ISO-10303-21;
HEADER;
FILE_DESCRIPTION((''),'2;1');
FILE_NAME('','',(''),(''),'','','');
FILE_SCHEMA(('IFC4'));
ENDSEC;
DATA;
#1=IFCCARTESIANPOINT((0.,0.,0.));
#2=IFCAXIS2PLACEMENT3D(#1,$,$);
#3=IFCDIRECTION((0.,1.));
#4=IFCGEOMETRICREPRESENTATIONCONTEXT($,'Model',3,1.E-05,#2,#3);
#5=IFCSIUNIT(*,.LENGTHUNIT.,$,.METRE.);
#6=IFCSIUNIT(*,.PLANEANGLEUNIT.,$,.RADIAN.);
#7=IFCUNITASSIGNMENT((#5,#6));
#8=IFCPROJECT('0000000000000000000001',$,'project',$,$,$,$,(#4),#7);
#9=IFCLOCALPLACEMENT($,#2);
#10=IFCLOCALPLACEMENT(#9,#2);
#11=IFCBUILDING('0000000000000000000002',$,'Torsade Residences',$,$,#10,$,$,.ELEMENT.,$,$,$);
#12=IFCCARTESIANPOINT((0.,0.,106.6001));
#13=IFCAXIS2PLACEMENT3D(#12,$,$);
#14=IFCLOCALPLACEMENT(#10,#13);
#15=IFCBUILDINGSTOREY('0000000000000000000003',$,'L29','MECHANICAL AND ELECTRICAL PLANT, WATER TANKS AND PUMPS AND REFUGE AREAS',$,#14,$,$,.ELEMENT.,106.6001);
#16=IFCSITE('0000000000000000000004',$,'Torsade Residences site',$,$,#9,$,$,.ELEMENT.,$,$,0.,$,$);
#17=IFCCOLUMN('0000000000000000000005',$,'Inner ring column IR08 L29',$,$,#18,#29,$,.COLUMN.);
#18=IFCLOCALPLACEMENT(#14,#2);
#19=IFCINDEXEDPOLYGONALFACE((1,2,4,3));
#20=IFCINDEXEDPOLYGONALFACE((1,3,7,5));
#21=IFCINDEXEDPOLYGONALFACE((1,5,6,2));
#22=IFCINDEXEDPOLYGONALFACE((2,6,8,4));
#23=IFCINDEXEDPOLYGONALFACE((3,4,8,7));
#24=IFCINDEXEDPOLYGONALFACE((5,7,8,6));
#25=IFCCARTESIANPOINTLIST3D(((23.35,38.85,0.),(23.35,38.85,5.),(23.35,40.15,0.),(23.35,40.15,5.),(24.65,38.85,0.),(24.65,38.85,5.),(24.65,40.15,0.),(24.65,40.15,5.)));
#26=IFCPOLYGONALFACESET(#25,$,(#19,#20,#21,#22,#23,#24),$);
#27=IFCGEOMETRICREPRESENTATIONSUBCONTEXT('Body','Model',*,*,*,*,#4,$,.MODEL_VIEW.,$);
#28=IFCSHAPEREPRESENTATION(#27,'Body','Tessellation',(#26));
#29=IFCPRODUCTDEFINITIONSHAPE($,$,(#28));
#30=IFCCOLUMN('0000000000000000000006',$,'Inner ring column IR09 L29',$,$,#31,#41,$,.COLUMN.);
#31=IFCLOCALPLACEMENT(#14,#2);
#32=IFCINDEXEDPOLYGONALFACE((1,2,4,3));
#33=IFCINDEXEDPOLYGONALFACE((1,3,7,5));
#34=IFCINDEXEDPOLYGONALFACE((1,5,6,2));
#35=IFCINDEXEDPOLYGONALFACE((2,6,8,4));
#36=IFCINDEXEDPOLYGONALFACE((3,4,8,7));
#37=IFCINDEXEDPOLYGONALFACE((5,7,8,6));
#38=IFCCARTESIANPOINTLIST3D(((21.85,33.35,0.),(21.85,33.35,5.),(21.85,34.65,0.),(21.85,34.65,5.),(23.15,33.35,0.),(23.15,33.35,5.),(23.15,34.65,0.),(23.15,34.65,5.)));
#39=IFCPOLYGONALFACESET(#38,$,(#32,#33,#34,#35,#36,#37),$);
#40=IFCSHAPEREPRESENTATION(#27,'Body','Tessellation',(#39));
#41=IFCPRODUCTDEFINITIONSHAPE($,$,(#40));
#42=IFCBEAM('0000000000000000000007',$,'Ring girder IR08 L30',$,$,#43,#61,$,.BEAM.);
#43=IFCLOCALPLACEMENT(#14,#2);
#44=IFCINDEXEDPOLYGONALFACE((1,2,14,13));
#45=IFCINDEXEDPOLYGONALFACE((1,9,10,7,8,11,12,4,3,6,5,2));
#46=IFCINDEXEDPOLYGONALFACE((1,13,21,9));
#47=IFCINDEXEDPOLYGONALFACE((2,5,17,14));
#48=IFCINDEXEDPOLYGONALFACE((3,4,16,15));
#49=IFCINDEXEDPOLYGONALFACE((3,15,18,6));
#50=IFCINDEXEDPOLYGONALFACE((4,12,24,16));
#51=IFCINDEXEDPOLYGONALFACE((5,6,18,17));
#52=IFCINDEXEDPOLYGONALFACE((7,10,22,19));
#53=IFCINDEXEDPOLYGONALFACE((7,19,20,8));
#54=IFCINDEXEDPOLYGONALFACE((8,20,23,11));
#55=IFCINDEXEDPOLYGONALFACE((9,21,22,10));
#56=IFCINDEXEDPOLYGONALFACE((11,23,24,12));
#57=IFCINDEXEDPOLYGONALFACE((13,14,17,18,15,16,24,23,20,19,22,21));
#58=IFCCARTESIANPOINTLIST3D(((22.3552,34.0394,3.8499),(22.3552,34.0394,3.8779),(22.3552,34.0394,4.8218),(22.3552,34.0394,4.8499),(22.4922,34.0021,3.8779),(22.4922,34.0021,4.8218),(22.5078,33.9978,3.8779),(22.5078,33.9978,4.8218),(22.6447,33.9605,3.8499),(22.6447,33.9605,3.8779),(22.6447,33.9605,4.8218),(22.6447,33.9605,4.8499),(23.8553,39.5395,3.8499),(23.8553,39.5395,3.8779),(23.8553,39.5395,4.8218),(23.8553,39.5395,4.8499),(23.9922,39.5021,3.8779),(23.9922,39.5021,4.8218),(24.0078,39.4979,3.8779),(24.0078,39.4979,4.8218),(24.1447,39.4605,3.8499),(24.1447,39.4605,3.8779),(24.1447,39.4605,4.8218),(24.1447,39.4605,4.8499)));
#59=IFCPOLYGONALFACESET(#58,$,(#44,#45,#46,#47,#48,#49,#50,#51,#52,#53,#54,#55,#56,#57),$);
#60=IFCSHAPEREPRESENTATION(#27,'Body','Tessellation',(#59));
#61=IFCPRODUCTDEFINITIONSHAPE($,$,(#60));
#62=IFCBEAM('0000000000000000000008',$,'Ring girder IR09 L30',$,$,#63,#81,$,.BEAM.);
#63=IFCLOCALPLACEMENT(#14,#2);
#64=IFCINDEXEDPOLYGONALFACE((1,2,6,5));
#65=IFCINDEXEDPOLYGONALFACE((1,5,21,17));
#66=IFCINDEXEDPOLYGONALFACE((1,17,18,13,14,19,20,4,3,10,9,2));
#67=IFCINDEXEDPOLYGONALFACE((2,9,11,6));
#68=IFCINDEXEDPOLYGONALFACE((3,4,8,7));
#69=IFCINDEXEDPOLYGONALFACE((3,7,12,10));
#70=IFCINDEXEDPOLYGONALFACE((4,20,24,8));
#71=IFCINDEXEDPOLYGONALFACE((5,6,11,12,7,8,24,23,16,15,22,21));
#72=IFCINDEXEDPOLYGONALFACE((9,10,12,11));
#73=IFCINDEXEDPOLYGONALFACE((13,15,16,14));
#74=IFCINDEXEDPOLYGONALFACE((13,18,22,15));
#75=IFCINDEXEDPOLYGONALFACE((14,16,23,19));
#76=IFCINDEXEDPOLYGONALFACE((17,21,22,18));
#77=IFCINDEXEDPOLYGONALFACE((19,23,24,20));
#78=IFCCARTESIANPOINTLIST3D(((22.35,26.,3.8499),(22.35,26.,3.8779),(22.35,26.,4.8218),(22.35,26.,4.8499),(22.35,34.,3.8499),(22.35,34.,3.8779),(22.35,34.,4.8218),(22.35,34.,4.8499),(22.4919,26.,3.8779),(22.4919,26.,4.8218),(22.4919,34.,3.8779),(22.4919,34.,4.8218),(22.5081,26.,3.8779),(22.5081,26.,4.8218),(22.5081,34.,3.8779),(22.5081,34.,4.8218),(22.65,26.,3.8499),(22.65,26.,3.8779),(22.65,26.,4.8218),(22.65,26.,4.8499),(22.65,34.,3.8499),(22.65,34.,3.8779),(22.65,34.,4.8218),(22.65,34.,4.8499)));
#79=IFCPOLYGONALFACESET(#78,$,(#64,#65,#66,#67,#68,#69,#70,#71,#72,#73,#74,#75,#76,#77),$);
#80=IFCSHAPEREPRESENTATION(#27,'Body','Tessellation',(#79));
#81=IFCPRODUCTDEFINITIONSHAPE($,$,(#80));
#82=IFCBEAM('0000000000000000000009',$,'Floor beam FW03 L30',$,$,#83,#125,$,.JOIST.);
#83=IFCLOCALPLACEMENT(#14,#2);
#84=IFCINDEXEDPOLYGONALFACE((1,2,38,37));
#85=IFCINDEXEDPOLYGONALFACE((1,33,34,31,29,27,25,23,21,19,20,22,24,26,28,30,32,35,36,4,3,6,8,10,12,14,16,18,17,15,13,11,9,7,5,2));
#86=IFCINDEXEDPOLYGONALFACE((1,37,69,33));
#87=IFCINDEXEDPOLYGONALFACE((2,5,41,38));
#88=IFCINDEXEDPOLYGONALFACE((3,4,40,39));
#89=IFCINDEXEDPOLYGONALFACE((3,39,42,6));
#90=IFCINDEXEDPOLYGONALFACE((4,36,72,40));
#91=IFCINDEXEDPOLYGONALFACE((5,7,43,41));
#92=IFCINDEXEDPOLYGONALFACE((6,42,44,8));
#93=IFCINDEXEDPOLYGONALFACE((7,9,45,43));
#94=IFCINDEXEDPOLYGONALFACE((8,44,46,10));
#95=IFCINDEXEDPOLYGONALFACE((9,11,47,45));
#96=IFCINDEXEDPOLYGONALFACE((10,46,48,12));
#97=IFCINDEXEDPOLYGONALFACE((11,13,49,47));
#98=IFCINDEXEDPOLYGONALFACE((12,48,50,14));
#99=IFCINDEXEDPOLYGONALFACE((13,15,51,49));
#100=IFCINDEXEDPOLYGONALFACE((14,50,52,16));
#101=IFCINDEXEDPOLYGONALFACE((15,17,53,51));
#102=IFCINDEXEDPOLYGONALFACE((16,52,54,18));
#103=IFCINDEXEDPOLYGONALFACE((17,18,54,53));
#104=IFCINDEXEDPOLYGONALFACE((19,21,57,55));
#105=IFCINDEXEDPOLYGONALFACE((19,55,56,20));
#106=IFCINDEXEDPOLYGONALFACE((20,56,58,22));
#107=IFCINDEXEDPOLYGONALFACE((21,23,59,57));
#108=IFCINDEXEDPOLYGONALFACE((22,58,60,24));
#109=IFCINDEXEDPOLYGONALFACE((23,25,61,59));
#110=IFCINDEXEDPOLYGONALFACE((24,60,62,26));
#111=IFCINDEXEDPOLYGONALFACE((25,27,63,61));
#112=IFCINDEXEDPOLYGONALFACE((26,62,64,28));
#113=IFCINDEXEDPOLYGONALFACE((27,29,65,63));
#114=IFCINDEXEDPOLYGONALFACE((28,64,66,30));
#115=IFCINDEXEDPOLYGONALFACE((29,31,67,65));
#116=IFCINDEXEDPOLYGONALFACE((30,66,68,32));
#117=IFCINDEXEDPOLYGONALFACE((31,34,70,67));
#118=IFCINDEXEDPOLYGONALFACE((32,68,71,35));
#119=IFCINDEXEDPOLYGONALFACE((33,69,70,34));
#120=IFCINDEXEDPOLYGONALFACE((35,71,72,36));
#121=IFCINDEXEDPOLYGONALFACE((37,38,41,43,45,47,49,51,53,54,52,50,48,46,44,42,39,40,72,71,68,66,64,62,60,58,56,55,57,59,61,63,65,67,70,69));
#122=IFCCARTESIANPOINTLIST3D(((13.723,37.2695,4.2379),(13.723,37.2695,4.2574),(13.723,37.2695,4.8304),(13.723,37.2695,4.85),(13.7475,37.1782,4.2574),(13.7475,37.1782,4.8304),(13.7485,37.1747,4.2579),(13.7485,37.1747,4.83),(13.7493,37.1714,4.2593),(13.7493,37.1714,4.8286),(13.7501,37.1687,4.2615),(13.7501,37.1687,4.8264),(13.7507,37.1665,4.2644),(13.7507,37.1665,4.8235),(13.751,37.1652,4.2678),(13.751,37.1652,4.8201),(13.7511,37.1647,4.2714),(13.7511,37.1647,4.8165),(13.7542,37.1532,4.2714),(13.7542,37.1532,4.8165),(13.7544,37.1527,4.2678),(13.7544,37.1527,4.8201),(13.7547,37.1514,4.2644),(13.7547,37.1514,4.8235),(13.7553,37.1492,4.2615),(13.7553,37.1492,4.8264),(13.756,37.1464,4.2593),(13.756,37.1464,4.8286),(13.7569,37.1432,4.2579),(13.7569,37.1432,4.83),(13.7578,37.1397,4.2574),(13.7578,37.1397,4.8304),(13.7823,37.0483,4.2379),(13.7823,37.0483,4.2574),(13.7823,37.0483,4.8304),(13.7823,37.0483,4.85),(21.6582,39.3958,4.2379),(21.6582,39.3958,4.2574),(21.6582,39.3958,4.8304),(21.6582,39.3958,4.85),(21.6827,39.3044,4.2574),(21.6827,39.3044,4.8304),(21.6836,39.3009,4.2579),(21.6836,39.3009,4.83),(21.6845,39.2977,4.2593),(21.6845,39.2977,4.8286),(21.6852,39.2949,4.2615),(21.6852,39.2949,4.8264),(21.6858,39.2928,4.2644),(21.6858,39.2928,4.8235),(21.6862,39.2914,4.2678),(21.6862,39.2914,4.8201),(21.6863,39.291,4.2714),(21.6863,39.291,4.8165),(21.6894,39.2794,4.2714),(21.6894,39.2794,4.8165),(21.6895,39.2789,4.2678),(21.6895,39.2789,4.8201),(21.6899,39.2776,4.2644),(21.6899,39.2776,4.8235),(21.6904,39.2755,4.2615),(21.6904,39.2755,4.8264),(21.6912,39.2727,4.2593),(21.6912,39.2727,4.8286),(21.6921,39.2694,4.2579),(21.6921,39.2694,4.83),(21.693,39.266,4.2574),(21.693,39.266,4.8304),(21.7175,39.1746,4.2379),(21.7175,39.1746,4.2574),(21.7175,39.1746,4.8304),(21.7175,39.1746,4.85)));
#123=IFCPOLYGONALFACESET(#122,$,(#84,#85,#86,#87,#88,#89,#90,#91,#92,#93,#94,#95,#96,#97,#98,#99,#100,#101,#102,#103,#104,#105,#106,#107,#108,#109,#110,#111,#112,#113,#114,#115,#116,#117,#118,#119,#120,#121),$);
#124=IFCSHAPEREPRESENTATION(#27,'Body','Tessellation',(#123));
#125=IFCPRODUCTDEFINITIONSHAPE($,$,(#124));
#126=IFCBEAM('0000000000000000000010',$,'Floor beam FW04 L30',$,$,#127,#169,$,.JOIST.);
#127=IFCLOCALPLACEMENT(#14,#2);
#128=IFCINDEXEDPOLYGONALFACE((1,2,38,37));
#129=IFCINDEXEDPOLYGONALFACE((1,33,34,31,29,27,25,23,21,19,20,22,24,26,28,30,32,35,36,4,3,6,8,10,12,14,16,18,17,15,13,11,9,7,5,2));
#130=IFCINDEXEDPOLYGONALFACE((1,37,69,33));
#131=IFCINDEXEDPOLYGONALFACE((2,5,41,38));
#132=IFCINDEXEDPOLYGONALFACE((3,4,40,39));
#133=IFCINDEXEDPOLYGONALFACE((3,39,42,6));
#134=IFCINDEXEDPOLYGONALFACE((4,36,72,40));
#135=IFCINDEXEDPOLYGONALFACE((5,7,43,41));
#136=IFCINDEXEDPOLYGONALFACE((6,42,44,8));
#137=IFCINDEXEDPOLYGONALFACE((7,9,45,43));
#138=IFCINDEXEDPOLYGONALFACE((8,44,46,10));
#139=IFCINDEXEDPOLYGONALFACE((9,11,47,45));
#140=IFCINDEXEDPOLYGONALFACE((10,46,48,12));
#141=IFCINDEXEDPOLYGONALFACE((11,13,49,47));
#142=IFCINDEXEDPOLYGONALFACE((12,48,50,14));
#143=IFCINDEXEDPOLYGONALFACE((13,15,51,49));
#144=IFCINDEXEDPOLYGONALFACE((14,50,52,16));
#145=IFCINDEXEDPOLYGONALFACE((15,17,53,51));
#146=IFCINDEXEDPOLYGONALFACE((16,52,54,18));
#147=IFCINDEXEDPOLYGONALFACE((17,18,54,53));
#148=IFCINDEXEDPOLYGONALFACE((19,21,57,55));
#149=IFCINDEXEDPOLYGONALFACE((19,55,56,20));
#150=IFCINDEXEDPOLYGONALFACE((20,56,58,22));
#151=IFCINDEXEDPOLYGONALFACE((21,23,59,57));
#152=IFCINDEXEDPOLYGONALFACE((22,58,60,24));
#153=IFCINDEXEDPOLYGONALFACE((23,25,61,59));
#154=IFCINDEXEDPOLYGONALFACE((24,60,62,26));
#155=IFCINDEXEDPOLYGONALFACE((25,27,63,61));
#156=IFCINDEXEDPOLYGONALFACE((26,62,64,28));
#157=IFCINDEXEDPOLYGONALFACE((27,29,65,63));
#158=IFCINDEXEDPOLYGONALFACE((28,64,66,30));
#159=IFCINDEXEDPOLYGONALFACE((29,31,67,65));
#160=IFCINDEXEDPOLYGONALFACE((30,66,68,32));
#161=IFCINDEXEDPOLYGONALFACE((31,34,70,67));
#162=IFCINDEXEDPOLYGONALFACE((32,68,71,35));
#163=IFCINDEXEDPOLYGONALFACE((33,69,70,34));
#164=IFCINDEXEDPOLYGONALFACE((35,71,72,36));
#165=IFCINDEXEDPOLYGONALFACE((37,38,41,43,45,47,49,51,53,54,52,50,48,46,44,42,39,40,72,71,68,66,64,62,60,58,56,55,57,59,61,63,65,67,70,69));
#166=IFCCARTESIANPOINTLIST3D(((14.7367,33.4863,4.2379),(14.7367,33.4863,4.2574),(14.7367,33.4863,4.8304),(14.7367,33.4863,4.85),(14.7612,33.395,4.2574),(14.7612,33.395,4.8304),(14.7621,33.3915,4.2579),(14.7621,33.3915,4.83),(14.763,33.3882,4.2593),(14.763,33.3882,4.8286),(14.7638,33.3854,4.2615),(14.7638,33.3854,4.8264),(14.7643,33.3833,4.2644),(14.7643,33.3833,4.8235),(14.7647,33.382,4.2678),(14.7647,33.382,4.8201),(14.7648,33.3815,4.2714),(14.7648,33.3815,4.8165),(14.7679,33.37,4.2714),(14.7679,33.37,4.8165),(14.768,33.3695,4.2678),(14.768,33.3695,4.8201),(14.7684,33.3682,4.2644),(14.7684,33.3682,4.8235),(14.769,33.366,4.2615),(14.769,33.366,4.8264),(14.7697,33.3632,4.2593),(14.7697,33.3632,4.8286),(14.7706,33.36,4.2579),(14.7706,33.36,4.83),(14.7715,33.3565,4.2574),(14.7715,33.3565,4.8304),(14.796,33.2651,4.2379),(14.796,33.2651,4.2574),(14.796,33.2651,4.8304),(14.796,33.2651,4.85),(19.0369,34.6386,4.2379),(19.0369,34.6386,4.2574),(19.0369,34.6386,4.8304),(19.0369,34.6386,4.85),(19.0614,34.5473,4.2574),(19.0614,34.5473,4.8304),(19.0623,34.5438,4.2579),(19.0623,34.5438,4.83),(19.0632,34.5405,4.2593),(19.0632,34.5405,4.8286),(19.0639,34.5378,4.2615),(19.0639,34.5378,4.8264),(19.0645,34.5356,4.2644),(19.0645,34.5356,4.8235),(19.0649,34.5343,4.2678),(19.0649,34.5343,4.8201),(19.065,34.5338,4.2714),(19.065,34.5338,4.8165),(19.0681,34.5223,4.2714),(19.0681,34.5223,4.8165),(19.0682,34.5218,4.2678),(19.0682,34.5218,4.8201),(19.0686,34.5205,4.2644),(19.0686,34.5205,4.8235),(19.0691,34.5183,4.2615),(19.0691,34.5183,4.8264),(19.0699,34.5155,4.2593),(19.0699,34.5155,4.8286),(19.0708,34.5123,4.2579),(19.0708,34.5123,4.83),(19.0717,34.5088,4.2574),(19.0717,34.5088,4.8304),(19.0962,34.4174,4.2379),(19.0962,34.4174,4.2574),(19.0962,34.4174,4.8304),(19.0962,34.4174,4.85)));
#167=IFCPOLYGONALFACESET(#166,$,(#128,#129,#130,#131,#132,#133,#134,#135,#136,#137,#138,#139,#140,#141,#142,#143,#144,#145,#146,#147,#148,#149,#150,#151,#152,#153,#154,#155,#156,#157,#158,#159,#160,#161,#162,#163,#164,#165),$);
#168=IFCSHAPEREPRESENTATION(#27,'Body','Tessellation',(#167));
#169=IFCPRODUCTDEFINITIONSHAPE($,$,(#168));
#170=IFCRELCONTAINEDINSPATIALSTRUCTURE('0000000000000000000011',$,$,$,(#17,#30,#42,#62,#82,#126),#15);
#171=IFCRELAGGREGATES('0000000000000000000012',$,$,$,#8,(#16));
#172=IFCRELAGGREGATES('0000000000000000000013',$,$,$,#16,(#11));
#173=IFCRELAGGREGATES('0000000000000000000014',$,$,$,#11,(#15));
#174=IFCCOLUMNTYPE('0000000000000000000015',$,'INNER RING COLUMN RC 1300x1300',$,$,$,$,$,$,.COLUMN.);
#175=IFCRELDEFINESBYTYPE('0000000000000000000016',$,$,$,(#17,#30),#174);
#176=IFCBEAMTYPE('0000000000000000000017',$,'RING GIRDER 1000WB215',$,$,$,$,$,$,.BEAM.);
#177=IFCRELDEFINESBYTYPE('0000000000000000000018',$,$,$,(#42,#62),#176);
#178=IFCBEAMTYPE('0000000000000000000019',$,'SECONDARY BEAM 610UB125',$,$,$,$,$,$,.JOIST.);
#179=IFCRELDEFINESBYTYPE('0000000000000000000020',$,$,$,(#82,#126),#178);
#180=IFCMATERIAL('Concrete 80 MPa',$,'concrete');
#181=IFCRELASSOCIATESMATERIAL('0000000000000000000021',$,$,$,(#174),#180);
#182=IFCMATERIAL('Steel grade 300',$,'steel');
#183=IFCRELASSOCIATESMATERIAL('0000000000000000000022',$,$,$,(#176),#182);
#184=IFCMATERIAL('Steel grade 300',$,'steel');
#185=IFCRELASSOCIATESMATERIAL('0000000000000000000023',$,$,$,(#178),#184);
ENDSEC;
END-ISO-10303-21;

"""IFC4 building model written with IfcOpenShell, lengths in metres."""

from ifc_helpers import new_model, si_unit, direction, frame, origin, origin_2d, place, context, subcontext, project, spatial, rectangle, i_section, extrude, material, material_profile, profile_set, type_object, element, save


model = new_model("IFC4")

# Units and contexts
model_context = context("Model", 3, precision=1e-05, world=origin(), true_north=direction((0.0, 1.0)))
body_context = subcontext(model_context, "Body", "Model", "MODEL_VIEW")
ifc_project = project(units=[si_unit("LENGTHUNIT", "METRE"), si_unit("PLANEANGLEUNIT", "RADIAN")], contexts=[model_context])

# Site, building, storey
site_placement = place(None, origin())
site = spatial("IfcSite", under=ifc_project, at=site_placement, Name="Torsade Residences site", CompositionType="ELEMENT", RefElevation=0.0)
building_placement = place(site_placement, origin())
building = spatial("IfcBuilding", under=site, at=building_placement, Name="Torsade Residences", CompositionType="ELEMENT")
storey_placement = place(building_placement, frame((0.0, 0.0, 106.6001)))
storey = spatial("IfcBuildingStorey", under=building, at=storey_placement, Name="L29", Description="MECHANICAL AND ELECTRICAL PLANT, WATER TANKS AND PUMPS AND REFUGE AREAS", CompositionType="ELEMENT", Elevation=106.6001)

# Columns
ifc_material_1 = material(Name="Concrete 80 MPa", Category="concrete")
ifc_material_profile_1 = material_profile(ifc_material_1, rectangle(XDim=1.3, YDim=1.3, at=origin_2d()), Name="RC 1300x1300")
ifc_profile_set_1 = profile_set([ifc_material_profile_1], Name="Concrete 80 MPa")
column_type = type_object("IfcColumnType", Name="INNER RING COLUMN RC 1300x1300", PredefinedType="COLUMN", material=ifc_profile_set_1)
for number, where, z_axis, x_axis, name in (
    (1, (24.0, 39.5, 0.0), (0.0, 0.0, 1.0), (1.0, 0.0, 0.0), "Inner ring column IR08 L29"),
    (2, (22.5, 34.0, 0.0), (0.0, 0.0, 1.0), (1.0, 0.0, 0.0), "Inner ring column IR09 L29"),
):
    element("IfcColumn", number, at=place(storey_placement, frame(where, z_axis=z_axis, x_axis=x_axis)), inside=storey, type_object=column_type, Name=name, PredefinedType="COLUMN", context=body_context, shape_type="SweptSolid", body=[
        extrude(rectangle(XDim=1.3, YDim=1.3, at=origin_2d()), origin(), (0.0, 0.0, 1.0), 5.0),
    ])

# Beams
ifc_material_2 = material(Name="Steel grade 300", Category="steel")
ifc_material_profile_2 = material_profile(ifc_material_2, i_section(OverallWidth=0.3, OverallDepth=1.0, WebThickness=0.0161, FlangeThickness=0.0281, at=origin_2d()), Name="1000WB215")
ifc_profile_set_2 = profile_set([ifc_material_profile_2], Name="Steel grade 300")
beam_type_1 = type_object("IfcBeamType", Name="RING GIRDER 1000WB215", PredefinedType="BEAM", material=ifc_profile_set_2)
beam_1_placement = place(storey_placement, frame((24.0, 39.5, 4.3499), z_axis=(-0.263117, -0.964764, 0.0), x_axis=(0.964764, -0.263117, 0.0)))
element("IfcBeam", 3, at=beam_1_placement, inside=storey, type_object=beam_type_1, Name="Ring girder IR08 L30", PredefinedType="BEAM", context=body_context, shape_type="SweptSolid", body=[
    extrude(i_section(OverallWidth=0.3, OverallDepth=1.0, WebThickness=0.0161, FlangeThickness=0.0281, at=origin_2d()), origin(), (0.0, 0.0, 1.0), 5.7009),
])
beam_2_placement = place(storey_placement, frame((22.5, 34.0, 4.3499), z_axis=(0.0, -1.0, 0.0), x_axis=(1.0, 0.0, 0.0)))
element("IfcBeam", 4, at=beam_2_placement, inside=storey, type_object=beam_type_1, Name="Ring girder IR09 L30", PredefinedType="BEAM", context=body_context, shape_type="SweptSolid", body=[
    extrude(i_section(OverallWidth=0.3, OverallDepth=1.0, WebThickness=0.0161, FlangeThickness=0.0281, at=origin_2d()), origin(), (0.0, 0.0, 1.0), 8.0),
])
ifc_material_3 = material(Name="Steel grade 300", Category="steel")
ifc_material_profile_3 = material_profile(ifc_material_3, i_section(OverallWidth=0.229, OverallDepth=0.6121, WebThickness=0.012, FlangeThickness=0.0195, FilletRadius=0.0139, at=origin_2d()), Name="610UB125")
ifc_profile_set_3 = profile_set([ifc_material_profile_3], Name="Steel grade 300")
beam_type_2 = type_object("IfcBeamType", Name="SECONDARY BEAM 610UB125", PredefinedType="JOIST", material=ifc_profile_set_3)
beam_3_placement = place(storey_placement, frame((13.7527, 37.1589, 4.5439), z_axis=(0.965925, 0.258822, 0.0), x_axis=(-0.258822, 0.965925, 0.0)))
element("IfcBeam", 5, at=beam_3_placement, inside=storey, type_object=beam_type_2, Name="Floor beam FW03 L30", PredefinedType="JOIST", context=body_context, shape_type="SweptSolid", body=[
    extrude(i_section(OverallWidth=0.229, OverallDepth=0.6121, WebThickness=0.012, FlangeThickness=0.0195, FilletRadius=0.0139, at=origin_2d()), origin(), (0.0, 0.0, 1.0), 8.2151),
])
beam_4_placement = place(storey_placement, frame((14.7664, 33.3757, 4.5439), z_axis=(0.965921, 0.258837, 0.0), x_axis=(-0.258837, 0.965921, 0.0)))
element("IfcBeam", 6, at=beam_4_placement, inside=storey, type_object=beam_type_2, Name="Floor beam FW04 L30", PredefinedType="JOIST", context=body_context, shape_type="SweptSolid", body=[
    extrude(i_section(OverallWidth=0.229, OverallDepth=0.6121, WebThickness=0.012, FlangeThickness=0.0195, FilletRadius=0.0139, at=origin_2d()), origin(), (0.0, 0.0, 1.0), 4.4519),
])

save(model, "model.ifc")
